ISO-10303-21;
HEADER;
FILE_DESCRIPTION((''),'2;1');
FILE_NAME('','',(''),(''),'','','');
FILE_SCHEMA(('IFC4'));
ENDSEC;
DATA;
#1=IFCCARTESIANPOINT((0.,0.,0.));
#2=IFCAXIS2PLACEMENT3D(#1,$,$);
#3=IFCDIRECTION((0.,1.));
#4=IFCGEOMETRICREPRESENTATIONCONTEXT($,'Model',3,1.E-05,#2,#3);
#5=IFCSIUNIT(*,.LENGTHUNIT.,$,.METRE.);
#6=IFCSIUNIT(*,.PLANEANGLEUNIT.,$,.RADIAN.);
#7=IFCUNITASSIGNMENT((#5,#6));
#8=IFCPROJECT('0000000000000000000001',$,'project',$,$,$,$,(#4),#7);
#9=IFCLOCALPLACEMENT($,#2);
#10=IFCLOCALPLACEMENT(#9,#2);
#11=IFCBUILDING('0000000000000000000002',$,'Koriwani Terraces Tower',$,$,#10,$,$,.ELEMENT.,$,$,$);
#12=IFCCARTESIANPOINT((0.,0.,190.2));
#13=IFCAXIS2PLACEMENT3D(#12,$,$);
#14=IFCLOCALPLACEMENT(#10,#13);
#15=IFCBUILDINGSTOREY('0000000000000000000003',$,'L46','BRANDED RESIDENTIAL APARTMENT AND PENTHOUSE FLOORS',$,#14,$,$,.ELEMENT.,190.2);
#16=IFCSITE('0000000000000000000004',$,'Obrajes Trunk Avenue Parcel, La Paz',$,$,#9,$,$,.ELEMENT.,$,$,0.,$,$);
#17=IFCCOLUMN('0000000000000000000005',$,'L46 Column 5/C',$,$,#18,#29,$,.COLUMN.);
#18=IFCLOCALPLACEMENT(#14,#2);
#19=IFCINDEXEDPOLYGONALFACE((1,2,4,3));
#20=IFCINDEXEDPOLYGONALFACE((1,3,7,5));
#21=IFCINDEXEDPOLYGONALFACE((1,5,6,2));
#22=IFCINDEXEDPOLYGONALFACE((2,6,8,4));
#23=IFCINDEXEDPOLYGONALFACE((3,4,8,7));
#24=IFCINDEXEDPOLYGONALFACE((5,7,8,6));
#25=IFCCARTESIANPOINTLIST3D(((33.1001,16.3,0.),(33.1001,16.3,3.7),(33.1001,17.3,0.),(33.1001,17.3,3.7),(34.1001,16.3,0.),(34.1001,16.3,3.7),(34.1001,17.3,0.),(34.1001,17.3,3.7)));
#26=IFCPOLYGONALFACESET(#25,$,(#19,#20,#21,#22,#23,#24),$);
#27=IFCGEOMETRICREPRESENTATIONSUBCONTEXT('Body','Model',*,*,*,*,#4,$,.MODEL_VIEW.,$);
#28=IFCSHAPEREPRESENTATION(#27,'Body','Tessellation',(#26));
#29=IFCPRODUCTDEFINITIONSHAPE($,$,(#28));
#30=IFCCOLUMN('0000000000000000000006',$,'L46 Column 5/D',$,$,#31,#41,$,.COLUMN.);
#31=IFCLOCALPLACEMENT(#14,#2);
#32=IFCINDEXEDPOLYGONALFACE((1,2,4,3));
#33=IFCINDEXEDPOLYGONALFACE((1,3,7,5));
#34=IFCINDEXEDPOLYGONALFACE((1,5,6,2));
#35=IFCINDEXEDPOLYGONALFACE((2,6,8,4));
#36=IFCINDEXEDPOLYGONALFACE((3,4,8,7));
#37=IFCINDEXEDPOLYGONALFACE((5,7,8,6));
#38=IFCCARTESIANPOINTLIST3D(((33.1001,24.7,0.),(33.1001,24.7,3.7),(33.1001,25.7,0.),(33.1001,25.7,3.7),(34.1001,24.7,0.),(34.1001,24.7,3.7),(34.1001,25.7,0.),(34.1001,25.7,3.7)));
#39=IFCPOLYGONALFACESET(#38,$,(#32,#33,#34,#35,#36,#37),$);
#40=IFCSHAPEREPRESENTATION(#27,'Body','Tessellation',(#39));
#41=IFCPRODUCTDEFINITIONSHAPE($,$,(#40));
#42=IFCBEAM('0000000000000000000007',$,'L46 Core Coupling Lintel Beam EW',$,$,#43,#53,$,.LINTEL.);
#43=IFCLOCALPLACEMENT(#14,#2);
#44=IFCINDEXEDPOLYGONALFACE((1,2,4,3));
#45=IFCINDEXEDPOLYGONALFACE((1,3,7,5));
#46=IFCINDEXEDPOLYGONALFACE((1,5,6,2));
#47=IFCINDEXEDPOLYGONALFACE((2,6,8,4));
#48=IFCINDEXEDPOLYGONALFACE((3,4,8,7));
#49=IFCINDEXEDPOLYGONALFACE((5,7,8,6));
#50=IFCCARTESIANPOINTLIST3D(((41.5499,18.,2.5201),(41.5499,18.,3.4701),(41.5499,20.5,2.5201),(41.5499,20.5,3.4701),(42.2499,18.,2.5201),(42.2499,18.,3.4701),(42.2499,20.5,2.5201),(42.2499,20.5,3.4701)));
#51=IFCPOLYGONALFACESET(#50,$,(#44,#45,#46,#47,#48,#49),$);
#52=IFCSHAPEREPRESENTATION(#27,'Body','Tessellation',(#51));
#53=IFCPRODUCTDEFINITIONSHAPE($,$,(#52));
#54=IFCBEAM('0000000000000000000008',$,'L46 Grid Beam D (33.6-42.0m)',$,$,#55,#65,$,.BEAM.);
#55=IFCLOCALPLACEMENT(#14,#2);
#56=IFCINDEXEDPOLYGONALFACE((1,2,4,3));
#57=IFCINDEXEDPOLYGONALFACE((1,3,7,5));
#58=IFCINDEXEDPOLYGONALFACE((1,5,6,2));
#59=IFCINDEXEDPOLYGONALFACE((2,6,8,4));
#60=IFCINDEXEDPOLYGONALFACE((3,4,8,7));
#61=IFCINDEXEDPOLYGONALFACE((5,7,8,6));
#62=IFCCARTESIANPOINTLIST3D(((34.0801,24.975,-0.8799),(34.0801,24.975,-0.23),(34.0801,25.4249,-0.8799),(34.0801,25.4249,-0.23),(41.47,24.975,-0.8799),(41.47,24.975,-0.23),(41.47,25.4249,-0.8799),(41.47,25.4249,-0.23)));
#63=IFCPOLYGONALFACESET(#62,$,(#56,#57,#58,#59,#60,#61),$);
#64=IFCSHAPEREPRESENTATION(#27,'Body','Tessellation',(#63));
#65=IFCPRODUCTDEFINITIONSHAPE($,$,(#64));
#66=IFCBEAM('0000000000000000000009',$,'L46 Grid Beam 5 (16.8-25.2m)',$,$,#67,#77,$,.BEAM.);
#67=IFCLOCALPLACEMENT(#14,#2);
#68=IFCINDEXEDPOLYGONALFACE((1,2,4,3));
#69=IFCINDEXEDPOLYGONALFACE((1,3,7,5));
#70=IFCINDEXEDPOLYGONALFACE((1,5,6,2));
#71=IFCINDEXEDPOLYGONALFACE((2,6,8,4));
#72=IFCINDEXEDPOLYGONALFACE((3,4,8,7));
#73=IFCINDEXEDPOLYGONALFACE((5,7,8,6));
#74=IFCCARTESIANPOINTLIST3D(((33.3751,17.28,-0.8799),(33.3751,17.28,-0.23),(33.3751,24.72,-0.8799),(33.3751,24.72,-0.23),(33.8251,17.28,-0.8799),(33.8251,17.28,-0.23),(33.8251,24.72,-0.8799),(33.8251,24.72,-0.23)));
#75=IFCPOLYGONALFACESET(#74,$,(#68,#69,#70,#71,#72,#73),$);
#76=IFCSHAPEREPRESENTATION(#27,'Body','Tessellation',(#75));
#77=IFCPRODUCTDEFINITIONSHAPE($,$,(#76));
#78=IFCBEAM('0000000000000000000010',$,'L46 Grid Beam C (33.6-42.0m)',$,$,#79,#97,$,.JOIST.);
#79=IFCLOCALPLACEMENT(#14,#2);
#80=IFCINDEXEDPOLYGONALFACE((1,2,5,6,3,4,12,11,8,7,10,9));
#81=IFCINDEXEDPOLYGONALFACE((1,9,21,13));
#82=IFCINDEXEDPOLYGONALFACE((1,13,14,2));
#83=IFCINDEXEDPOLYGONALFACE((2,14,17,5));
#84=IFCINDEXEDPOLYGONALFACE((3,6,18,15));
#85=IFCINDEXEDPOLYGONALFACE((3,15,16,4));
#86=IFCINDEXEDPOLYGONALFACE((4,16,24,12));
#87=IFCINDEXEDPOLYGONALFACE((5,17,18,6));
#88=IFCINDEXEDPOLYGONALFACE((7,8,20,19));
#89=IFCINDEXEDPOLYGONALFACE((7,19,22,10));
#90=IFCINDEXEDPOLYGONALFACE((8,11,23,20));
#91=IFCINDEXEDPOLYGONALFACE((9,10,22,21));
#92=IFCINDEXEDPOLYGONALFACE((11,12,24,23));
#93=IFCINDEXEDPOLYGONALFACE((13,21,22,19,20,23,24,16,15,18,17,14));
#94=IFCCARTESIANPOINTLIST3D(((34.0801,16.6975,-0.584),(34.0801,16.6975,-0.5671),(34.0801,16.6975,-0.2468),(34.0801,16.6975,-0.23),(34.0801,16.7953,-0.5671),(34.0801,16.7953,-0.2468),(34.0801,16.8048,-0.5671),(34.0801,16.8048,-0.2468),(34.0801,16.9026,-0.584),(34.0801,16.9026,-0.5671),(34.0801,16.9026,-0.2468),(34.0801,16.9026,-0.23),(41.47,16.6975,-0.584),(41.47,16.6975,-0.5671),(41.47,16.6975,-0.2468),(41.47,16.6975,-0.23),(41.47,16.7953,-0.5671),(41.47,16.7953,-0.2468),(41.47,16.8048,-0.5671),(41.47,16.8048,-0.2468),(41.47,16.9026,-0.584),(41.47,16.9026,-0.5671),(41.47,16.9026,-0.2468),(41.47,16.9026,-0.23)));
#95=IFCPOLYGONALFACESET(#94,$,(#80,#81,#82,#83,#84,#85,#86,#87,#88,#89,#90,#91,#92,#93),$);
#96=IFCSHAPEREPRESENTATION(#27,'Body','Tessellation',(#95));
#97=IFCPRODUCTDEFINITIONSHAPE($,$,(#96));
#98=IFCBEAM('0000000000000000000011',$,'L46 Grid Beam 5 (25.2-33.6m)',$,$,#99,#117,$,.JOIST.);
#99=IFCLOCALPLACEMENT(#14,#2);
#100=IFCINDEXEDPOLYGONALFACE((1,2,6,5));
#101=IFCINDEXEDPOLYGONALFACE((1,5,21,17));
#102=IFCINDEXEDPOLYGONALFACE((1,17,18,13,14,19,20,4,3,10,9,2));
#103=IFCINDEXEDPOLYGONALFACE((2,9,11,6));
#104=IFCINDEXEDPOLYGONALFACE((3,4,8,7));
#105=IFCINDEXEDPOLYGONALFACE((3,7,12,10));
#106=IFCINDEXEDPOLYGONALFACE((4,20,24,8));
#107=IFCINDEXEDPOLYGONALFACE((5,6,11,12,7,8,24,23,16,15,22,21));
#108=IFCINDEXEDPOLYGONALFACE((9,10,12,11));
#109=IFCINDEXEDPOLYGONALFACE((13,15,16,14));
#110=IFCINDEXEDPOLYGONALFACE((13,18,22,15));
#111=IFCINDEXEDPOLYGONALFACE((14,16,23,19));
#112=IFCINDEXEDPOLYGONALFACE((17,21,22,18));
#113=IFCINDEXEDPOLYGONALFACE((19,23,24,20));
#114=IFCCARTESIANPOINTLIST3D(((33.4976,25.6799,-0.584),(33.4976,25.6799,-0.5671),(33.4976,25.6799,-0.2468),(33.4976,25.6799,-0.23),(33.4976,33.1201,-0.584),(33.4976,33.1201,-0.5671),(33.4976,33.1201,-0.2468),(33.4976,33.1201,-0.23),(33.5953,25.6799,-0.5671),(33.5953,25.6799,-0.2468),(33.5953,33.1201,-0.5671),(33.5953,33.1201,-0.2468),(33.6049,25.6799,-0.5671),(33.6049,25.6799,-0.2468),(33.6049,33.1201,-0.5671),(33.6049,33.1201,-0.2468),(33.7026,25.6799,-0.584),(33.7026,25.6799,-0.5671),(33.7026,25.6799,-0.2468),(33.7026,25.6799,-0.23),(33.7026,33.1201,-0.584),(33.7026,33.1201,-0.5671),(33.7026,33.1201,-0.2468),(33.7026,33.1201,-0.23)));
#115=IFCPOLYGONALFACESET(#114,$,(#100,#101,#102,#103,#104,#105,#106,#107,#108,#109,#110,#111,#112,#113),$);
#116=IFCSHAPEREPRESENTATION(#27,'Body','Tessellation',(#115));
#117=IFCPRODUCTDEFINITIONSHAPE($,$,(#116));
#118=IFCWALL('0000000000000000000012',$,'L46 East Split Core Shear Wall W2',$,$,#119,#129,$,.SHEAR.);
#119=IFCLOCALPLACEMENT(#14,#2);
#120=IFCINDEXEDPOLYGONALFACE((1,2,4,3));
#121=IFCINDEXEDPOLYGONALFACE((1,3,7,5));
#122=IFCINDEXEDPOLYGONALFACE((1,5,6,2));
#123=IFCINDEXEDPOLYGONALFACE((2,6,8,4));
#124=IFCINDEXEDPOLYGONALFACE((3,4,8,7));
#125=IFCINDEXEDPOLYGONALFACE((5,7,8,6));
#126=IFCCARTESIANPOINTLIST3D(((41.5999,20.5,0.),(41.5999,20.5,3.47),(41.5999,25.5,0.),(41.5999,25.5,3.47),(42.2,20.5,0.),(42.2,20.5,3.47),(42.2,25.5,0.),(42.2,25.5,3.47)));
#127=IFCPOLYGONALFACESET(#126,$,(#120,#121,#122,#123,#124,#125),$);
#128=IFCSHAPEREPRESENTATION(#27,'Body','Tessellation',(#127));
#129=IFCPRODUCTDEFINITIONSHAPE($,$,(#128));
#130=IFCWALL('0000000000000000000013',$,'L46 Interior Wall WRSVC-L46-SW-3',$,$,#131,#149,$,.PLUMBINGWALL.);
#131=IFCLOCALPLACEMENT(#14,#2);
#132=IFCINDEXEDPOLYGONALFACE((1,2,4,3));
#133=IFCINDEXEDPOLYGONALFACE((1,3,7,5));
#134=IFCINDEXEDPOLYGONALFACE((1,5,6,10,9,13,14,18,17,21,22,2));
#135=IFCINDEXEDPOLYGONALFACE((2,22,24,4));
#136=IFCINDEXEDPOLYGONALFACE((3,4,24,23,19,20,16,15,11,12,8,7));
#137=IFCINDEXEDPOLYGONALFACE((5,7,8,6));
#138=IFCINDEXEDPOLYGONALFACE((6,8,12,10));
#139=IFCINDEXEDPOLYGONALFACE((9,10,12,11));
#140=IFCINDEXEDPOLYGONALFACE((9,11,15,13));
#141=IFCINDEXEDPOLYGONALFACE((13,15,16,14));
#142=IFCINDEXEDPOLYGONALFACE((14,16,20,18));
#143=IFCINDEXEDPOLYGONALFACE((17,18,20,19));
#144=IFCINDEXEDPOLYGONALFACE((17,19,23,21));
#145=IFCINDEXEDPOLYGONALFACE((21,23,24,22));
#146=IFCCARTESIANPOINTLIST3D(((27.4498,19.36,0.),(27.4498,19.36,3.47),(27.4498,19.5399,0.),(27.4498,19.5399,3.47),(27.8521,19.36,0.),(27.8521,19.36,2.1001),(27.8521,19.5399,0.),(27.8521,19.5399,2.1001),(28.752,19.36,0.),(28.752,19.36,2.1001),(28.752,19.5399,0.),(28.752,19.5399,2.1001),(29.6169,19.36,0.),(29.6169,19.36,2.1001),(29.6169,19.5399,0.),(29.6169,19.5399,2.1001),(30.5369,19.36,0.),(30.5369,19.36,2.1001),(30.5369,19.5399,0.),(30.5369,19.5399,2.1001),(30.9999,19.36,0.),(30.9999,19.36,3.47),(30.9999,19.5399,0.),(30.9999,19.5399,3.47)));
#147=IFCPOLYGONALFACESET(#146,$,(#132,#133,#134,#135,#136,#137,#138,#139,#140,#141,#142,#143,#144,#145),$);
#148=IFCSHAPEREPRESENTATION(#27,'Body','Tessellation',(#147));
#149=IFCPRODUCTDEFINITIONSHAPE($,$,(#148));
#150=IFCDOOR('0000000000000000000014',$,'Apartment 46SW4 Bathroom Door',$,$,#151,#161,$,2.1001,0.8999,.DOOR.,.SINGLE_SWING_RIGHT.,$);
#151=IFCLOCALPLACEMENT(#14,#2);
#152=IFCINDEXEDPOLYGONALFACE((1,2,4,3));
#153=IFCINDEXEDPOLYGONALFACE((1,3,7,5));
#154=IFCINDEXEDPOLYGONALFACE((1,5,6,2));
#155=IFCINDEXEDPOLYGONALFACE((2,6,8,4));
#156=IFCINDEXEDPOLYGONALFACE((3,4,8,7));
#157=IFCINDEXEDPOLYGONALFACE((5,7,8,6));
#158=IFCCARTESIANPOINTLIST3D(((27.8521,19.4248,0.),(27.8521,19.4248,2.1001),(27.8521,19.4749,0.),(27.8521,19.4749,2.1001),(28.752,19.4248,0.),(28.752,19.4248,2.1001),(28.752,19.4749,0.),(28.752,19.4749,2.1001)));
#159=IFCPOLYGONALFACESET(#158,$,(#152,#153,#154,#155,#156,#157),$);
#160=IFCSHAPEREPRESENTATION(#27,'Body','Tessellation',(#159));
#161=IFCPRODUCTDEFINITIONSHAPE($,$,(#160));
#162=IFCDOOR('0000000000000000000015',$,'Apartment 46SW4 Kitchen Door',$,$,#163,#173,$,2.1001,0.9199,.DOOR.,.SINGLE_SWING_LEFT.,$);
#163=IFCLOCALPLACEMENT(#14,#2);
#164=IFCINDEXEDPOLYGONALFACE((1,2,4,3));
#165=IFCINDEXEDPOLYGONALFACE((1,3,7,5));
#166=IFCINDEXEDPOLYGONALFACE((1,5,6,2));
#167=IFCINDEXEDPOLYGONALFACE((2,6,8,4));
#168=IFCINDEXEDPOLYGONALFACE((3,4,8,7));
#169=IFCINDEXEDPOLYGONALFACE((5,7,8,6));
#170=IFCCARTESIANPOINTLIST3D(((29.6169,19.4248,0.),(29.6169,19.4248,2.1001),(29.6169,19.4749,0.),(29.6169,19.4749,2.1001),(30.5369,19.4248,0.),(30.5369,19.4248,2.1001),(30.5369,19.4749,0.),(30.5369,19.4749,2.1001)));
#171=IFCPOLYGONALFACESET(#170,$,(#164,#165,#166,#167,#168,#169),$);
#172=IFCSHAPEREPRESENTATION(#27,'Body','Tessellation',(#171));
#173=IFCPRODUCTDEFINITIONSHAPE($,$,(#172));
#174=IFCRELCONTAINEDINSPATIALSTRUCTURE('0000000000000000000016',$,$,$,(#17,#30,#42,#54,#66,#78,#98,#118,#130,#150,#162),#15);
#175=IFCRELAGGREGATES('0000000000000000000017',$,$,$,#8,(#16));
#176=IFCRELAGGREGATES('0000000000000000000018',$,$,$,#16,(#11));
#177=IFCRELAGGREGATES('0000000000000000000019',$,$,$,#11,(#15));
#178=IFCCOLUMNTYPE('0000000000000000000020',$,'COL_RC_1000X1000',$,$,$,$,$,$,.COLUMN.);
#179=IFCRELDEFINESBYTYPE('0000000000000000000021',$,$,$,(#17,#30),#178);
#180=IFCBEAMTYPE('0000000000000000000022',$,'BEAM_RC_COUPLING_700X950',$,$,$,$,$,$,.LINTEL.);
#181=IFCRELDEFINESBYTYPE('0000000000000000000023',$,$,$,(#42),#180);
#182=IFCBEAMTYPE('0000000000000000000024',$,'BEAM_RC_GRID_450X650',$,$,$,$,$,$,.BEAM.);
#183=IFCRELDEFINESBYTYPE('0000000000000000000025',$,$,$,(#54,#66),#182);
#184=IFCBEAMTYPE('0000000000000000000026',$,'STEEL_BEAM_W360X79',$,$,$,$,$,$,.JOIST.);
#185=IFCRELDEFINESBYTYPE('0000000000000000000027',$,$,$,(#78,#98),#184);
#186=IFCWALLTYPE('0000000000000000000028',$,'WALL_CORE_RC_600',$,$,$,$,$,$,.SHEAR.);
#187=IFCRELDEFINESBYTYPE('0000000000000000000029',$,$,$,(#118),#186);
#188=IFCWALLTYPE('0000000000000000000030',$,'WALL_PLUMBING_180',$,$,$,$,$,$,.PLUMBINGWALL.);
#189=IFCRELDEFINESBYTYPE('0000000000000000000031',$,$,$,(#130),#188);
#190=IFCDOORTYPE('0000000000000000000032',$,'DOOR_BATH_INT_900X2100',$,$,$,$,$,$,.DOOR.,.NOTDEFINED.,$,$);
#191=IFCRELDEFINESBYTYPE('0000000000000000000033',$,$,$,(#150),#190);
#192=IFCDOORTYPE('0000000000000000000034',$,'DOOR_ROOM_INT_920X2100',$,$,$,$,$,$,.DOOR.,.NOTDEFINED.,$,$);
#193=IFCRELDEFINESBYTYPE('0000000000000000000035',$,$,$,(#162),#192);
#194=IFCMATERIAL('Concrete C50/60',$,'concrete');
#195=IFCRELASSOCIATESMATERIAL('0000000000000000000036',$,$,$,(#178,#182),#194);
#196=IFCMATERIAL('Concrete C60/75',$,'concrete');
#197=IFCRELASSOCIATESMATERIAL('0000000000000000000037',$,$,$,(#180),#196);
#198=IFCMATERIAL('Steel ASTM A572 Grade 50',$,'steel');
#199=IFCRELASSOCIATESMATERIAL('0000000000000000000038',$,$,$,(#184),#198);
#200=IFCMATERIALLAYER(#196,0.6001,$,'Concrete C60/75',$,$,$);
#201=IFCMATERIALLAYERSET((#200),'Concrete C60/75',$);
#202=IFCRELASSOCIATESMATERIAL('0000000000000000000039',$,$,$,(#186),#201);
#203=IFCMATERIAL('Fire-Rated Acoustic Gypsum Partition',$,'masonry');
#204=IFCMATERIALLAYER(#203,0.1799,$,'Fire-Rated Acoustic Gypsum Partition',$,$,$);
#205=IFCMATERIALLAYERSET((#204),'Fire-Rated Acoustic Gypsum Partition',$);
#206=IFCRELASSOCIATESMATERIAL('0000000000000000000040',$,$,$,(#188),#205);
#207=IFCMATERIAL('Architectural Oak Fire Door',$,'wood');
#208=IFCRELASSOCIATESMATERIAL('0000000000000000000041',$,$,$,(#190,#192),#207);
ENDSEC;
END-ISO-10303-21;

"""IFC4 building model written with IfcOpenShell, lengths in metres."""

from ifc_helpers import new_model, si_unit, direction, frame, frame_2d, origin, origin_2d, place, context, subcontext, project, spatial, rectangle, i_section, extrude, material, layer, layer_set, material_profile, profile_set, type_object, element, fill, save


model = new_model("IFC4")

# Units and contexts
model_context = context("Model", 3, precision=1e-05, world=origin(), true_north=direction((0.0, 1.0)))
body_context = subcontext(model_context, "Body", "Model", "MODEL_VIEW")
ifc_project = project(units=[si_unit("LENGTHUNIT", "METRE"), si_unit("PLANEANGLEUNIT", "RADIAN")], contexts=[model_context])

# Site, building, storey
site_placement = place(None, origin())
site = spatial("IfcSite", under=ifc_project, at=site_placement, Name="Obrajes Trunk Avenue Parcel, La Paz", CompositionType="ELEMENT", RefElevation=0.0)
building_placement = place(site_placement, origin())
building = spatial("IfcBuilding", under=site, at=building_placement, Name="Koriwani Terraces Tower", CompositionType="ELEMENT")
storey_placement = place(building_placement, frame((0.0, 0.0, 190.2)))
storey = spatial("IfcBuildingStorey", under=building, at=storey_placement, Name="L46", Description="BRANDED RESIDENTIAL APARTMENT AND PENTHOUSE FLOORS", CompositionType="ELEMENT", Elevation=190.2)

# Columns
ifc_material_1 = material(Name="Concrete C50/60", Category="concrete")
ifc_material_profile_1 = material_profile(ifc_material_1, rectangle(XDim=1.0, YDim=1.0, at=origin_2d()), Name="Concrete C50/60", Category="LoadBearing")
ifc_profile_set_1 = profile_set([ifc_material_profile_1], Name="Concrete C50/60")
column_type = type_object("IfcColumnType", Name="COL_RC_1000X1000", PredefinedType="COLUMN", material=ifc_profile_set_1)
for number, where, z_axis, x_axis, name in (
    (1, (33.6001, 16.8, 0.0), (0.0, 0.0, 1.0), (1.0, 0.0, 0.0), "L46 Column 5/C"),
    (2, (33.6001, 25.2, 0.0), (0.0, 0.0, 1.0), (1.0, 0.0, 0.0), "L46 Column 5/D"),
):
    element("IfcColumn", number, at=place(storey_placement, frame(where, z_axis=z_axis, x_axis=x_axis)), inside=storey, type_object=column_type, Name=name, PredefinedType="COLUMN", context=body_context, shape_type="SweptSolid", body=[
        extrude(rectangle(XDim=1.0, YDim=1.0, at=origin_2d()), origin(), (0.0, 0.0, 1.0), 3.7),
    ])

# Beams
ifc_material_2 = material(Name="Concrete C60/75", Category="concrete")
ifc_material_profile_2 = material_profile(ifc_material_2, rectangle(XDim=0.7, YDim=0.95, at=origin_2d()), Name="Concrete C60/75", Category="LoadBearing")
ifc_profile_set_2 = profile_set([ifc_material_profile_2], Name="Concrete C60/75")
beam_type_1 = type_object("IfcBeamType", Name="BEAM_RC_COUPLING_700X950", PredefinedType="LINTEL", material=ifc_profile_set_2)
beam_1_placement = place(storey_placement, frame((41.8999, 18.0, 2.9951), z_axis=(0.0, 1.0, 0.0), x_axis=(-1.0, 0.0, 0.0)))
element("IfcBeam", 3, at=beam_1_placement, inside=storey, type_object=beam_type_1, Name="L46 Core Coupling Lintel Beam EW", PredefinedType="LINTEL", context=body_context, shape_type="SweptSolid", body=[
    extrude(rectangle(XDim=0.7, YDim=0.95, at=origin_2d()), origin(), (0.0, 0.0, 1.0), 2.5),
])
ifc_material_profile_3 = material_profile(ifc_material_1, rectangle(XDim=0.45, YDim=0.6499, at=origin_2d()), Name="Concrete C50/60", Category="LoadBearing")
ifc_profile_set_3 = profile_set([ifc_material_profile_3], Name="Concrete C50/60")
beam_type_2 = type_object("IfcBeamType", Name="BEAM_RC_GRID_450X650", PredefinedType="BEAM", material=ifc_profile_set_3)
beam_2_placement = place(storey_placement, frame((34.0801, 25.2, -0.5549), z_axis=(1.0, 0.0, 0.0), x_axis=(0.0, 1.0, 0.0)))
element("IfcBeam", 4, at=beam_2_placement, inside=storey, type_object=beam_type_2, Name="L46 Grid Beam D (33.6-42.0m)", PredefinedType="BEAM", context=body_context, shape_type="SweptSolid", body=[
    extrude(rectangle(XDim=0.45, YDim=0.6499, at=origin_2d()), origin(), (0.0, 0.0, 1.0), 7.3899),
])
beam_3_placement = place(storey_placement, frame((33.6001, 17.28, -0.5549), z_axis=(0.0, 1.0, 0.0), x_axis=(-1.0, 0.0, 0.0)))
element("IfcBeam", 5, at=beam_3_placement, inside=storey, type_object=beam_type_2, Name="L46 Grid Beam 5 (16.8-25.2m)", PredefinedType="BEAM", context=body_context, shape_type="SweptSolid", body=[
    extrude(rectangle(XDim=0.45, YDim=0.6499, at=origin_2d()), origin(), (0.0, 0.0, 1.0), 7.4399),
])
ifc_material_3 = material(Name="Steel ASTM A572 Grade 50", Category="steel")
ifc_material_profile_4 = material_profile(ifc_material_3, i_section(OverallWidth=0.2051, OverallDepth=0.354, WebThickness=0.0095, FlangeThickness=0.0168, at=origin_2d()), Name="Steel ASTM A572 Grade 50", Category="LoadBearing")
ifc_profile_set_4 = profile_set([ifc_material_profile_4], Name="Steel ASTM A572 Grade 50")
beam_type_3 = type_object("IfcBeamType", Name="STEEL_BEAM_W360X79", PredefinedType="JOIST", material=ifc_profile_set_4)
beam_4_placement = place(storey_placement, frame((34.0801, 16.8, -0.407), z_axis=(1.0, 0.0, 0.0), x_axis=(0.0, 1.0, 0.0)))
element("IfcBeam", 6, at=beam_4_placement, inside=storey, type_object=beam_type_3, Name="L46 Grid Beam C (33.6-42.0m)", PredefinedType="JOIST", context=body_context, shape_type="SweptSolid", body=[
    extrude(i_section(OverallWidth=0.2051, OverallDepth=0.354, WebThickness=0.0095, FlangeThickness=0.0168, at=origin_2d()), origin(), (0.0, 0.0, 1.0), 7.3899),
])
beam_5_placement = place(storey_placement, frame((33.6001, 25.6799, -0.407), z_axis=(0.0, 1.0, 0.0), x_axis=(-1.0, 0.0, 0.0)))
element("IfcBeam", 7, at=beam_5_placement, inside=storey, type_object=beam_type_3, Name="L46 Grid Beam 5 (25.2-33.6m)", PredefinedType="JOIST", context=body_context, shape_type="SweptSolid", body=[
    extrude(i_section(OverallWidth=0.2051, OverallDepth=0.354, WebThickness=0.0095, FlangeThickness=0.0168, at=origin_2d()), origin(), (0.0, 0.0, 1.0), 7.4402),
])

# Wall
ifc_layer_1 = layer(ifc_material_2, 0.6001, Name="Concrete C60/75")
ifc_layer_set_1 = layer_set([ifc_layer_1], Name="Concrete C60/75")
wall_type_1 = type_object("IfcWallType", Name="WALL_CORE_RC_600", PredefinedType="SHEAR", material=ifc_layer_set_1)
wall_1_placement = place(storey_placement, frame((41.8999, 20.5, 0.0), z_axis=(0.0, 0.0, 1.0), x_axis=(0.0, 1.0, 0.0)))
element("IfcWall", 8, at=wall_1_placement, inside=storey, type_object=wall_type_1, Name="L46 East Split Core Shear Wall W2", PredefinedType="SHEAR", context=body_context, shape_type="SweptSolid", body=[
    extrude(rectangle(XDim=5.0, YDim=0.6001, at=frame_2d((2.5, 0.0))), origin(), (0.0, 0.0, 1.0), 3.47),
])

# Wall, openings, doors
ifc_material_4 = material(Name="Fire-Rated Acoustic Gypsum Partition", Category="masonry")
ifc_layer_2 = layer(ifc_material_4, 0.1799, Name="Fire-Rated Acoustic Gypsum Partition")
ifc_layer_set_2 = layer_set([ifc_layer_2], Name="Fire-Rated Acoustic Gypsum Partition")
wall_type_2 = type_object("IfcWallType", Name="WALL_PLUMBING_180", PredefinedType="PLUMBINGWALL", material=ifc_layer_set_2)
wall_2_placement = place(storey_placement, frame((27.45, 19.45, 0.0), z_axis=(0.0, 0.0, 1.0), x_axis=(1.0, 0.0, 0.0)))
wall_2 = element("IfcWall", 9, at=wall_2_placement, inside=storey, type_object=wall_type_2, Name="L46 Interior Wall WRSVC-L46-SW-3", PredefinedType="PLUMBINGWALL", context=body_context, shape_type="SweptSolid", body=[
    extrude(rectangle(XDim=3.55, YDim=0.1799, at=frame_2d((1.7749, 0.0))), origin(), (0.0, 0.0, 1.0), 3.47),
])
opening_1_placement = place(wall_2_placement, frame((0.4021, 0.0, 0.0)))
opening_1 = element("IfcOpeningElement", 10, at=opening_1_placement, cuts=wall_2, PredefinedType="OPENING", context=body_context, shape_type="SweptSolid", body=[
    extrude(rectangle(XDim=0.8999, YDim=2.1001, at=frame_2d((0.45, 1.05))), frame((0.0, 0.1001, 0.0), z_axis=(0.0, -1.0, 0.0), x_axis=(1.0, 0.0, 0.0)), (0.0, 0.0, 1.0), 0.2),
])
opening_2_placement = place(wall_2_placement, frame((2.167, 0.0, 0.0)))
opening_2 = element("IfcOpeningElement", 11, at=opening_2_placement, cuts=wall_2, PredefinedType="OPENING", context=body_context, shape_type="SweptSolid", body=[
    extrude(rectangle(XDim=0.9199, YDim=2.1001, at=frame_2d((0.46, 1.05))), frame((0.0, 0.1001, 0.0), z_axis=(0.0, -1.0, 0.0), x_axis=(1.0, 0.0, 0.0)), (0.0, 0.0, 1.0), 0.2),
])
ifc_material_5 = material(Name="Architectural Oak Fire Door", Category="wood")
door_type_1 = type_object("IfcDoorType", Name="DOOR_BATH_INT_900X2100", OperationType="NOTDEFINED", PredefinedType="DOOR", material=ifc_material_5)
door_1_placement = place(opening_1_placement, origin())
door_1 = element("IfcDoor", 12, at=door_1_placement, inside=storey, type_object=door_type_1, Name="Apartment 46SW4 Bathroom Door", OperationType="SINGLE_SWING_RIGHT", OverallHeight=2.1001, OverallWidth=0.8999, PredefinedType="DOOR", context=body_context, shape_type="SweptSolid", body=[
    extrude(rectangle(XDim=0.8999, YDim=2.1001, at=frame_2d((0.45, 1.05))), frame((0.0, 0.0249, 0.0), z_axis=(0.0, -1.0, 0.0), x_axis=(1.0, 0.0, 0.0)), (0.0, 0.0, 1.0), 0.05),
])
fill(opening_1, door_1)
door_type_2 = type_object("IfcDoorType", Name="DOOR_ROOM_INT_920X2100", OperationType="NOTDEFINED", PredefinedType="DOOR", material=ifc_material_5)
door_2_placement = place(opening_2_placement, origin())
door_2 = element("IfcDoor", 13, at=door_2_placement, inside=storey, type_object=door_type_2, Name="Apartment 46SW4 Kitchen Door", OperationType="SINGLE_SWING_LEFT", OverallHeight=2.1001, OverallWidth=0.9199, PredefinedType="DOOR", context=body_context, shape_type="SweptSolid", body=[
    extrude(rectangle(XDim=0.9199, YDim=2.1001, at=frame_2d((0.46, 1.05))), frame((0.0, 0.0249, 0.0), z_axis=(0.0, -1.0, 0.0), x_axis=(1.0, 0.0, 0.0)), (0.0, 0.0, 1.0), 0.05),
])
fill(opening_2, door_2)

save(model, "model.ifc")
